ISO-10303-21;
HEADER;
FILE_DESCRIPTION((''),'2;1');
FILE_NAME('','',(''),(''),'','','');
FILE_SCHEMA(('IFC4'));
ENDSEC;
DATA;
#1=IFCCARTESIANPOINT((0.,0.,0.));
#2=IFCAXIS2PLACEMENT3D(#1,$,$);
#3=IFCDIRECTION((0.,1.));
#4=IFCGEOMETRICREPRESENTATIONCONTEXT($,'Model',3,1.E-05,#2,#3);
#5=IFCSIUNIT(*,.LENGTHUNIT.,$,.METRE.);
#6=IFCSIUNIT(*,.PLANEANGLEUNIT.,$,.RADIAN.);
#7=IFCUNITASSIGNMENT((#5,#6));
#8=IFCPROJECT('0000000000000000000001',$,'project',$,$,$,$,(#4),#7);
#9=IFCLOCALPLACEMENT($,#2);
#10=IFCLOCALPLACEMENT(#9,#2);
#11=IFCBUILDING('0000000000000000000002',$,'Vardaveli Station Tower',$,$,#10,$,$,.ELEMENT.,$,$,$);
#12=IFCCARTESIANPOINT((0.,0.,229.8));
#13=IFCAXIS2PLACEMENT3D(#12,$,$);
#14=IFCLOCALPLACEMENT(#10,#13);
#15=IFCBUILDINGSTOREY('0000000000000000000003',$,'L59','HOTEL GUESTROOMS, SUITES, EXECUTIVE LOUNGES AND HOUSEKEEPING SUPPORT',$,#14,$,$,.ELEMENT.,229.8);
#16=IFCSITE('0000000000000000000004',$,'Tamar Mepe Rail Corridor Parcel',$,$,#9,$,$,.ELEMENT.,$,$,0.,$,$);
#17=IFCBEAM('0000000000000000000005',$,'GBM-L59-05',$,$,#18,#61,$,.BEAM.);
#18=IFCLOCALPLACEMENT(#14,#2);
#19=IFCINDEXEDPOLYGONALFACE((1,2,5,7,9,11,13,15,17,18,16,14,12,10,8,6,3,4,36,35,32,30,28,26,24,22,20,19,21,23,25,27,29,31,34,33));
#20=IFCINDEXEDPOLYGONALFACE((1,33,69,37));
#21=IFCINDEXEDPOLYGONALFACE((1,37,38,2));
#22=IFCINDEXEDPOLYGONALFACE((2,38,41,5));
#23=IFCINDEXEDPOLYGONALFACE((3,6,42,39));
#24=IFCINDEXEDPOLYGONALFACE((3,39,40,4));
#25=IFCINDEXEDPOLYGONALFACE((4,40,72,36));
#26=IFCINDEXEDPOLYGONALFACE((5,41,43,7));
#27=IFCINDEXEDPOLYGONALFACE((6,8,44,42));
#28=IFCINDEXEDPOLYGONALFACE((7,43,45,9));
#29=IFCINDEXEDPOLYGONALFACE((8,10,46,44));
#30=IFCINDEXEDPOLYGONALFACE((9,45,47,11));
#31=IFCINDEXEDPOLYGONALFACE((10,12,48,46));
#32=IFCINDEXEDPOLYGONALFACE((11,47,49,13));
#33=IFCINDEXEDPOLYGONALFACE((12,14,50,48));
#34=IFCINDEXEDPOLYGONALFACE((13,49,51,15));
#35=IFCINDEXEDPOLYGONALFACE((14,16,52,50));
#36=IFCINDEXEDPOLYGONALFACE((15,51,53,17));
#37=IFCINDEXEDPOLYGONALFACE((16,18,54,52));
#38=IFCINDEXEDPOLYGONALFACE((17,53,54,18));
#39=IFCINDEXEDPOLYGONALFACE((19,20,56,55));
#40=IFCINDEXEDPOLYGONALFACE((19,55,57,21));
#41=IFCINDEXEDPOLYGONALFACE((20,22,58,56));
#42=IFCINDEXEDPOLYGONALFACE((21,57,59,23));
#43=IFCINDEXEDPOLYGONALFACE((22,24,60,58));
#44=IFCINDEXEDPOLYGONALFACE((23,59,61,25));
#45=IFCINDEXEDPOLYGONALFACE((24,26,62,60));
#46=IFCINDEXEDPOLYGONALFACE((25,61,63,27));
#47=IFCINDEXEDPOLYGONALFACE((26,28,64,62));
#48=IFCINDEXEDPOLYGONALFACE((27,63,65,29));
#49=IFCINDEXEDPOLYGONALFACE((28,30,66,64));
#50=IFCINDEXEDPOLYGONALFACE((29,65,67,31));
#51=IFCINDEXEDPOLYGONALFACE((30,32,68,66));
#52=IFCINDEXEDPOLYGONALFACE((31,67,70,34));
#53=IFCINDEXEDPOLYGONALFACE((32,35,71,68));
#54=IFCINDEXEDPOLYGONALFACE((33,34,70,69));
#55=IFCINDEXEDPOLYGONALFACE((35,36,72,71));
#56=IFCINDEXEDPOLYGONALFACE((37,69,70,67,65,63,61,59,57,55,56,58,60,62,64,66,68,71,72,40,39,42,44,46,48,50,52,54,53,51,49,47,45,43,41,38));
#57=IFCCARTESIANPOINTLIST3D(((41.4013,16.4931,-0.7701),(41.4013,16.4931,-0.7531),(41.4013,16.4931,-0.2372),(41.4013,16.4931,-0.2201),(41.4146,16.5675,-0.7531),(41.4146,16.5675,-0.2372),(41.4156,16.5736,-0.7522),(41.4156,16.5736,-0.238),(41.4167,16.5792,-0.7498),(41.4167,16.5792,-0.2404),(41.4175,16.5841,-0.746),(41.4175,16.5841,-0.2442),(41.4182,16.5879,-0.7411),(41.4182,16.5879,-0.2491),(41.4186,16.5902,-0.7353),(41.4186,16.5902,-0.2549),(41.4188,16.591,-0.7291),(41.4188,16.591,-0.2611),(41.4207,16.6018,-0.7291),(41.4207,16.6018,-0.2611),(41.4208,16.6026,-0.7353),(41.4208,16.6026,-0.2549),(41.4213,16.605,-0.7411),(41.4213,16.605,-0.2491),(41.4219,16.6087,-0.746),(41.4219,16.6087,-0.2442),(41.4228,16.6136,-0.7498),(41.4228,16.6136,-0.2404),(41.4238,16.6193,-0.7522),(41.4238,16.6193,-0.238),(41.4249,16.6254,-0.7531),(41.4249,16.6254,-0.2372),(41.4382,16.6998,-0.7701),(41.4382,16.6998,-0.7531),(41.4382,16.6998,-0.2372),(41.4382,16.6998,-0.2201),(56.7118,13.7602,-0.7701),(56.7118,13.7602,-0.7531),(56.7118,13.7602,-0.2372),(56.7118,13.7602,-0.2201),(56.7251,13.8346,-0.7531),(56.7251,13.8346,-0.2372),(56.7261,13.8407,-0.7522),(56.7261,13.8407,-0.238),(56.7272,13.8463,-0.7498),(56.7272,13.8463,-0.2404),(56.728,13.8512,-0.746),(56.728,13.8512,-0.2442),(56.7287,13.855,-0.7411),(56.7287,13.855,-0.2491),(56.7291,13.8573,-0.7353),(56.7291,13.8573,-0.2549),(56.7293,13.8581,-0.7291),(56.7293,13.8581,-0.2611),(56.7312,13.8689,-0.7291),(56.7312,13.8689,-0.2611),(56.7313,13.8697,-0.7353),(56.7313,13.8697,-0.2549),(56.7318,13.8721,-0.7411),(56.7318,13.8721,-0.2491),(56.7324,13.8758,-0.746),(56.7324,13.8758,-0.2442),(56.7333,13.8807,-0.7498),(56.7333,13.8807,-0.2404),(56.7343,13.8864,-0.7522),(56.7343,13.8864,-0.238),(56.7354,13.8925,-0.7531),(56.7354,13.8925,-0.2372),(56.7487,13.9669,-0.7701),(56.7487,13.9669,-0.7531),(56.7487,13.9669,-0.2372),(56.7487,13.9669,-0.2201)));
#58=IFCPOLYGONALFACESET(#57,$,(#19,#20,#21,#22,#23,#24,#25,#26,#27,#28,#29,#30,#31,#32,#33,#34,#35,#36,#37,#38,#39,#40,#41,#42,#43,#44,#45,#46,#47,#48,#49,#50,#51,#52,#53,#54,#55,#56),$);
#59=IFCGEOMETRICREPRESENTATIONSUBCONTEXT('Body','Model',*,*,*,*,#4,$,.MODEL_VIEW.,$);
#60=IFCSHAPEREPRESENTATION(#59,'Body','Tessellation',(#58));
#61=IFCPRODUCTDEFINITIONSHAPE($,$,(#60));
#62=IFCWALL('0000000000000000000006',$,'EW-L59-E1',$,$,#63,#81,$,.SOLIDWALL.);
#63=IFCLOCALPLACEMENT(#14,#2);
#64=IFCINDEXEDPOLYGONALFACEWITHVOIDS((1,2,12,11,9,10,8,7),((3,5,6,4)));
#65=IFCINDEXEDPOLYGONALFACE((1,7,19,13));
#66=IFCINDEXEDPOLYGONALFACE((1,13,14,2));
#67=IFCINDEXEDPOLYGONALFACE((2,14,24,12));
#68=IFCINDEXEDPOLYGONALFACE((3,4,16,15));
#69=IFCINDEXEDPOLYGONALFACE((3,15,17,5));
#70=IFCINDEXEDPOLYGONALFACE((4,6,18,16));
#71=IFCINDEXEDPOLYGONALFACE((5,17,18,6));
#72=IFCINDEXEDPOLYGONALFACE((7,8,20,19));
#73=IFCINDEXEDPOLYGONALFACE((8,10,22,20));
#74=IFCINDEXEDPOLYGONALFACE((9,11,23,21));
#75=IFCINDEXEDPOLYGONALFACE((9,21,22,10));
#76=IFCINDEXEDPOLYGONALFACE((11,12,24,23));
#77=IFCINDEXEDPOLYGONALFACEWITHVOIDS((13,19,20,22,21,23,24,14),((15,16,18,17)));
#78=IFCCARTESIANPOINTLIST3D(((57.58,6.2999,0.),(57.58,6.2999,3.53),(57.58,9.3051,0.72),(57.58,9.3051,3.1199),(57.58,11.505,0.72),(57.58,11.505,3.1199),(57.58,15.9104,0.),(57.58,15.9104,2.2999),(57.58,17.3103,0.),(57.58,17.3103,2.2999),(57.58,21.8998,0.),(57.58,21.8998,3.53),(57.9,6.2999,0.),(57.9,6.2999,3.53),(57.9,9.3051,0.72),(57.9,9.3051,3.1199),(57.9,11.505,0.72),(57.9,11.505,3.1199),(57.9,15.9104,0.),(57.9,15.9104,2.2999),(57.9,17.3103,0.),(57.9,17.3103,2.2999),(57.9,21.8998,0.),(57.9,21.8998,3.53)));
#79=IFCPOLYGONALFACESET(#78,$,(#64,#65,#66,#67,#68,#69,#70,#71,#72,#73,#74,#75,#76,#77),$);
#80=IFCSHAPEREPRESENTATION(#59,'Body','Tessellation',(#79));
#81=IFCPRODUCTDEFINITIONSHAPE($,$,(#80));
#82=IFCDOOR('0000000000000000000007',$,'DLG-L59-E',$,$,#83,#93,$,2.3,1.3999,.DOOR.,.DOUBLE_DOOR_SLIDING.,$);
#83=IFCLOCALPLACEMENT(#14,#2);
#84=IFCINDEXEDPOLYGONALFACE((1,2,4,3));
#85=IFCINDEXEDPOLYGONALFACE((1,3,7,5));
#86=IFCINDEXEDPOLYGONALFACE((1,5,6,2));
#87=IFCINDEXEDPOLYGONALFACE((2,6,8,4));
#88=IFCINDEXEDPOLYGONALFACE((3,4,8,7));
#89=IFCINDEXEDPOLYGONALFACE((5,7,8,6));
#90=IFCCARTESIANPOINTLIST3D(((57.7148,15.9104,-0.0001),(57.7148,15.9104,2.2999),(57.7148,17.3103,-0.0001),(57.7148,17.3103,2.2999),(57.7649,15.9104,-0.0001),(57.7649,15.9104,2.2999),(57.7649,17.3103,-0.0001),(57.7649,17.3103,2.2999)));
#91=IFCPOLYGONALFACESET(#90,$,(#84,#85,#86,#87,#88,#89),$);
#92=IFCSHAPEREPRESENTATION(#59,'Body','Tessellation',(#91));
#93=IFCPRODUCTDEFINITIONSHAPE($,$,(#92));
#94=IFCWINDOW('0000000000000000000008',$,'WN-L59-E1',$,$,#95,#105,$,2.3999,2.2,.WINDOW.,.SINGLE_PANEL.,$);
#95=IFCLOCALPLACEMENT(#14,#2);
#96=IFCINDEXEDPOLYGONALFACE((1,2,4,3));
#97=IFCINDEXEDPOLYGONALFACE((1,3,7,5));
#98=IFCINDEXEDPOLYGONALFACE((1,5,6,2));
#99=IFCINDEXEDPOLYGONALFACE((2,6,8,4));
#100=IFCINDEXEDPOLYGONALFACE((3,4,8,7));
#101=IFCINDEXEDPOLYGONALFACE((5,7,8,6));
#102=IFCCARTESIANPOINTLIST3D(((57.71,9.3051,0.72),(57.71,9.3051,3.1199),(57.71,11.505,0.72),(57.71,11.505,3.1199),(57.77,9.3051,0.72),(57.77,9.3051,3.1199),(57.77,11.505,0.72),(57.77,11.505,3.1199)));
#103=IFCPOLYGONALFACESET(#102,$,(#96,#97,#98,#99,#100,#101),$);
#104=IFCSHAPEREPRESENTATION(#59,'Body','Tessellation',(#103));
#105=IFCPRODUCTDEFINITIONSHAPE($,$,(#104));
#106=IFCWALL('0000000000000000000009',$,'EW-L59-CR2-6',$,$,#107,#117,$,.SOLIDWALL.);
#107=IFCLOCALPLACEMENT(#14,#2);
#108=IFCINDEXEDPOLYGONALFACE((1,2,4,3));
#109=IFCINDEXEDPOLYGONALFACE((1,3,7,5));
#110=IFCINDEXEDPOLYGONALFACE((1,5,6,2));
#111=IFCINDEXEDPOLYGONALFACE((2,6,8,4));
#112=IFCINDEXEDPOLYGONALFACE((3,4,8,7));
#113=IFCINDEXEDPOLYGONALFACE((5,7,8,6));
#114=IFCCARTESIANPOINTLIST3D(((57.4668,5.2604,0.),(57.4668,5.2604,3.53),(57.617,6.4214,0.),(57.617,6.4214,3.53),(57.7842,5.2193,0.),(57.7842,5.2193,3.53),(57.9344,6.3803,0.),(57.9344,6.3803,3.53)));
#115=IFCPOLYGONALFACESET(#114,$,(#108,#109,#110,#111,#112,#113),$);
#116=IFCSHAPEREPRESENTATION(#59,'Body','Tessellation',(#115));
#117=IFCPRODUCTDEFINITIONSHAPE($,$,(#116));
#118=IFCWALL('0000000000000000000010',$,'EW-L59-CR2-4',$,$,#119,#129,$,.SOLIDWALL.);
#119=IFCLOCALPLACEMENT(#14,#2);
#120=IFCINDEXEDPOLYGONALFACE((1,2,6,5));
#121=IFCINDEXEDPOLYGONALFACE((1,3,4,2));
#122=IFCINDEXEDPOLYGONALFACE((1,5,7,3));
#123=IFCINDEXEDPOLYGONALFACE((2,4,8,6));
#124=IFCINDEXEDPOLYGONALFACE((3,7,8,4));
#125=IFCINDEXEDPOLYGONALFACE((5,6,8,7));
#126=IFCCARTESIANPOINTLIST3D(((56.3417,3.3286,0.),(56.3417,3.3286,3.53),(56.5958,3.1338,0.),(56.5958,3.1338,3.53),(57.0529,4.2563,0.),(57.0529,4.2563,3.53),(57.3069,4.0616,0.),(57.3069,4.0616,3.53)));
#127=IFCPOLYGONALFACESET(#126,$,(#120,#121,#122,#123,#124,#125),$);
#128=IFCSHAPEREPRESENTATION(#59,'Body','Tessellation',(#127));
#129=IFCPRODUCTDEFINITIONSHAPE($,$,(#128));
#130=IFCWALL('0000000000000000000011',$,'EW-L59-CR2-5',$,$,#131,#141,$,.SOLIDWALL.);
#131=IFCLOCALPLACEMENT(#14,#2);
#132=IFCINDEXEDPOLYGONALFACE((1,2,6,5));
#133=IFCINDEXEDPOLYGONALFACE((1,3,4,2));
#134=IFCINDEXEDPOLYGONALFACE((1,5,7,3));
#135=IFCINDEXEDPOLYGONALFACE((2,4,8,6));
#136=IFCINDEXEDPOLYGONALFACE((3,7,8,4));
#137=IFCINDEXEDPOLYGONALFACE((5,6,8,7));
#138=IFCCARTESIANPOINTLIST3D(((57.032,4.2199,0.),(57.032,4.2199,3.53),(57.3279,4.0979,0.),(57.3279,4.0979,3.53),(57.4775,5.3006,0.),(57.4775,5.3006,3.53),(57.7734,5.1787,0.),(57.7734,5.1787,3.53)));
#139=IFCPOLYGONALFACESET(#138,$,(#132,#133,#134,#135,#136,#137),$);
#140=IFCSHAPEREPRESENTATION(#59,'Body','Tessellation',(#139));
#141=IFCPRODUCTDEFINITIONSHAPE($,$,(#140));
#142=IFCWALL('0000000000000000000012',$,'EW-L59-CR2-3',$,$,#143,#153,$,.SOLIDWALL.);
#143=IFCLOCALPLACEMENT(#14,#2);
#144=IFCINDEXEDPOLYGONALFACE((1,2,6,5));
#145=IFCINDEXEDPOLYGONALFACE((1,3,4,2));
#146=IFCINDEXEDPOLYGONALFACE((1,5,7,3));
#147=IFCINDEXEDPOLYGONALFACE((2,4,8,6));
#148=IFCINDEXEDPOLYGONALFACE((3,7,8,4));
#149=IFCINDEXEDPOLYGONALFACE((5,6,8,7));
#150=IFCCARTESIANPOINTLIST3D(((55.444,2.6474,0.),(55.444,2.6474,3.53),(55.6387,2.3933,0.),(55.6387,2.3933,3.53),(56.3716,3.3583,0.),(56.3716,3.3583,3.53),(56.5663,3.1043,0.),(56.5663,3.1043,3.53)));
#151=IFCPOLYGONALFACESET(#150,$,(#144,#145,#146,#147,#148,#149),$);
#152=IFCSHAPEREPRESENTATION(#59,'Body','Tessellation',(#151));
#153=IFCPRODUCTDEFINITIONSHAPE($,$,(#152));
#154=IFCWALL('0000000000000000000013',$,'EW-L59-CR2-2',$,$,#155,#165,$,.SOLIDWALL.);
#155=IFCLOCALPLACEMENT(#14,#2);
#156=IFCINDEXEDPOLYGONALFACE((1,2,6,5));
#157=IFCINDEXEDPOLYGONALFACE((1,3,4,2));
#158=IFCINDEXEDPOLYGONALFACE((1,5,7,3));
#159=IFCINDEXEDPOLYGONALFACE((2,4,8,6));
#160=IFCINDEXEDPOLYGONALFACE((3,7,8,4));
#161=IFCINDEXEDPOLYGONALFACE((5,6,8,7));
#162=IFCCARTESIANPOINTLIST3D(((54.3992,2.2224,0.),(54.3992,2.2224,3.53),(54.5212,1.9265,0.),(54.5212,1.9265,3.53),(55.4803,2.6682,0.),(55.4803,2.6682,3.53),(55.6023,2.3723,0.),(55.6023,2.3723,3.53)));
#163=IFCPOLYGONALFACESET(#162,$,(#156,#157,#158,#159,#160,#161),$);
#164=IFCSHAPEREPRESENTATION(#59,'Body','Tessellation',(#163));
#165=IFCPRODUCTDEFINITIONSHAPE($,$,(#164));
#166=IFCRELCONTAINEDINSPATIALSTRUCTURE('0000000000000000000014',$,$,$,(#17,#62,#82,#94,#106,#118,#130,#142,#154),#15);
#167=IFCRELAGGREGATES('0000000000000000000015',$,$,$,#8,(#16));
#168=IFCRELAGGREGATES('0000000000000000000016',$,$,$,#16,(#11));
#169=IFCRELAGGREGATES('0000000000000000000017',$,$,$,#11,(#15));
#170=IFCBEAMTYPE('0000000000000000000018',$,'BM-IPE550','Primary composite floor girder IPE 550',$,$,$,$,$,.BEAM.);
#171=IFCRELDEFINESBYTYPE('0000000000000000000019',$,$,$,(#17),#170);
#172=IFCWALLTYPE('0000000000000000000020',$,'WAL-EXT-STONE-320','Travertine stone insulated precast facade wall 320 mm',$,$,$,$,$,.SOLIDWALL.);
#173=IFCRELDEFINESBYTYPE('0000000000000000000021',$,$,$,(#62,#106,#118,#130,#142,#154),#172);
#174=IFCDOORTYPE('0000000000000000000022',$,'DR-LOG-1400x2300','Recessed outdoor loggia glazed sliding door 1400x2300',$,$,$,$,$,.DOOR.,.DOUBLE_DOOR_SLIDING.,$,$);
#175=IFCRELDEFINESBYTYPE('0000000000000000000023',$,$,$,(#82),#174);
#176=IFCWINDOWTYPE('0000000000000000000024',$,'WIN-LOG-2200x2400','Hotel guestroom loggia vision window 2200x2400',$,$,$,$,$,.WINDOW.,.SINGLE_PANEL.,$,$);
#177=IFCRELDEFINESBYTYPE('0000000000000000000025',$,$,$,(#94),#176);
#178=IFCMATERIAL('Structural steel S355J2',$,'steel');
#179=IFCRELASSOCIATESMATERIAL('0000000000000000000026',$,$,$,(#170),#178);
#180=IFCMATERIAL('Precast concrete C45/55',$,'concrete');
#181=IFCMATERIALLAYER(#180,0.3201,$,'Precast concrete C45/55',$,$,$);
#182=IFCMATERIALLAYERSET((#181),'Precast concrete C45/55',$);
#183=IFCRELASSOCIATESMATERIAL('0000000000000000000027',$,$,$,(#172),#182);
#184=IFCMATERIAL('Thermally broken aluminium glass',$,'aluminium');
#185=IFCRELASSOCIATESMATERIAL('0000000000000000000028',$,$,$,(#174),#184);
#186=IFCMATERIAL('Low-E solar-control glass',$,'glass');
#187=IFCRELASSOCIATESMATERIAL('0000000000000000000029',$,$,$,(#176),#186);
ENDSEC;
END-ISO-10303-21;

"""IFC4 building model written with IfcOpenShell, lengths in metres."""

from ifc_helpers import new_model, si_unit, direction, frame, frame_2d, origin, origin_2d, place, context, subcontext, project, spatial, rectangle, i_section, extrude, source, transform, mapped, material, layer, layer_set, material_profile, profile_set, type_object, element, fill, save


model = new_model("IFC4")

# Units and contexts
model_context = context("Model", 3, precision=1e-05, world=origin(), true_north=direction((0.0, 1.0)))
body_context = subcontext(model_context, "Body", "Model", "MODEL_VIEW")
ifc_project = project(units=[si_unit("LENGTHUNIT", "METRE"), si_unit("PLANEANGLEUNIT", "RADIAN")], contexts=[model_context])

# Site, building, storey
site_placement = place(None, origin())
site = spatial("IfcSite", under=ifc_project, at=site_placement, Name="Tamar Mepe Rail Corridor Parcel", CompositionType="ELEMENT", RefElevation=0.0)
building_placement = place(site_placement, origin())
building = spatial("IfcBuilding", under=site, at=building_placement, Name="Vardaveli Station Tower", CompositionType="ELEMENT")
storey_placement = place(building_placement, frame((0.0, 0.0, 229.8)))
storey = spatial("IfcBuildingStorey", under=building, at=storey_placement, Name="L59", Description="HOTEL GUESTROOMS, SUITES, EXECUTIVE LOUNGES AND HOUSEKEEPING SUPPORT", CompositionType="ELEMENT", Elevation=229.8)

# Beam
ifc_material_1 = material(Name="Precast concrete C45/55", Category="concrete")
ifc_material_2 = material(Name="Structural steel S355J2", Category="steel")
ifc_material_profile_1 = material_profile(ifc_material_2, i_section(OverallWidth=0.21, OverallDepth=0.55, WebThickness=0.011, FlangeThickness=0.0171, FilletRadius=0.0239, at=origin_2d()), Name="IPE 550")
ifc_profile_set_1 = profile_set([ifc_material_profile_1], Name="Structural steel S355J2")
beam_type_1 = type_object("IfcBeamType", Name="BM-IPE550", Description="Primary composite floor girder IPE 550", PredefinedType="BEAM", material=ifc_profile_set_1)
shared_shape_1 = source(origin(), body_context, "Body", "SweptSolid", [
    extrude(i_section(OverallWidth=0.21, OverallDepth=0.55, WebThickness=0.011, FlangeThickness=0.0171, FilletRadius=0.0239, at=origin_2d()), origin(), (0.0, 0.0, 1.0), 15.5525),
])
beam_1_placement = place(storey_placement, frame((56.7302, 13.8635, -0.4951), z_axis=(-0.98444, 0.175721, 0.0), x_axis=(-0.175721, -0.98444, 0.0)))
element("IfcBeam", 1, at=beam_1_placement, inside=storey, type_object=beam_type_1, Name="GBM-L59-05", PredefinedType="BEAM", context=body_context, shape_type="MappedRepresentation", body=[
    mapped(shared_shape_1, transform((0.0, 0.0, 0.0), scale=1.0)),
])

# Wall, openings, door, window
ifc_layer_1 = layer(ifc_material_1, 0.3201, Name="Precast concrete C45/55")
ifc_layer_set_1 = layer_set([ifc_layer_1], Name="Precast concrete C45/55")
wall_type_1 = type_object("IfcWallType", Name="WAL-EXT-STONE-320", Description="Travertine stone insulated precast facade wall 320 mm", PredefinedType="SOLIDWALL", material=ifc_layer_set_1)
shared_shape_2 = source(origin(), body_context, "Body", "SweptSolid", [
    extrude(rectangle(XDim=15.5999, YDim=0.3201, at=frame_2d((7.7998, 0.0))), origin(), (0.0, 0.0, 1.0), 3.53),
])
wall_1_placement = place(storey_placement, frame((57.74, 6.3, 0.0), z_axis=(0.0, 0.0, 1.0), x_axis=(0.0, 1.0, 0.0)))
wall_1 = element("IfcWall", 2, at=wall_1_placement, inside=storey, type_object=wall_type_1, Name="EW-L59-E1", PredefinedType="SOLIDWALL", context=body_context, shape_type="MappedRepresentation", body=[
    mapped(shared_shape_2, transform((0.0, 0.0, 0.0), scale=1.0)),
])
shared_shape_3 = source(origin(), body_context, "Body", "SweptSolid", [
    extrude(rectangle(XDim=1.3999, YDim=2.3, at=frame_2d((0.7, 1.1499))), frame((0.0, 0.1699, 0.0), z_axis=(0.0, -1.0, 0.0), x_axis=(1.0, 0.0, 0.0)), (0.0, 0.0, 1.0), 0.3401),
])
opening_1_placement = place(wall_1_placement, frame((9.6104, 0.0, 0.0)))
opening_1 = element("IfcOpeningElement", 3, at=opening_1_placement, cuts=wall_1, PredefinedType="OPENING", context=body_context, shape_type="MappedRepresentation", body=[
    mapped(shared_shape_3, transform((0.0, 0.0, 0.0), scale=1.0)),
])
shared_shape_4 = source(origin(), body_context, "Body", "SweptSolid", [
    extrude(rectangle(XDim=2.2, YDim=2.3999, at=frame_2d((1.1001, 1.2))), frame((0.0, 0.1699, 0.0), z_axis=(0.0, -1.0, 0.0), x_axis=(1.0, 0.0, 0.0)), (0.0, 0.0, 1.0), 0.3401),
])
opening_2_placement = place(wall_1_placement, frame((3.0049, 0.0, 0.72)))
opening_2 = element("IfcOpeningElement", 4, at=opening_2_placement, cuts=wall_1, PredefinedType="OPENING", context=body_context, shape_type="MappedRepresentation", body=[
    mapped(shared_shape_4, transform((0.0, 0.0, 0.0), scale=1.0)),
])
ifc_material_3 = material(Name="Thermally broken aluminium glass", Category="aluminium")
door_type_1 = type_object("IfcDoorType", Name="DR-LOG-1400x2300", Description="Recessed outdoor loggia glazed sliding door 1400x2300", OperationType="DOUBLE_DOOR_SLIDING", PredefinedType="DOOR", material=ifc_material_3)
shared_shape_5 = source(origin(), body_context, "Body", "SweptSolid", [
    extrude(rectangle(XDim=1.3999, YDim=2.3, at=frame_2d((0.7, 1.1499))), frame((0.0, 0.0249, 0.0), z_axis=(0.0, -1.0, 0.0), x_axis=(1.0, 0.0, 0.0)), (0.0, 0.0, 1.0), 0.05),
])
door_1_placement = place(opening_1_placement, frame((1.3999, 0.0, 0.0), z_axis=(0.0, 0.0, 1.0), x_axis=(-1.0, 0.0, 0.0)))
door_1 = element("IfcDoor", 5, at=door_1_placement, inside=storey, type_object=door_type_1, Name="DLG-L59-E", OperationType="DOUBLE_DOOR_SLIDING", OverallHeight=2.3, OverallWidth=1.3999, PredefinedType="DOOR", context=body_context, shape_type="MappedRepresentation", body=[
    mapped(shared_shape_5, transform((0.0, 0.0, 0.0), scale=1.0)),
])
fill(opening_1, door_1)
ifc_material_4 = material(Name="Low-E solar-control glass", Category="glass")
window_type = type_object("IfcWindowType", Name="WIN-LOG-2200x2400", Description="Hotel guestroom loggia vision window 2200x2400", PartitioningType="SINGLE_PANEL", PredefinedType="WINDOW", material=ifc_material_4)
shared_shape_6 = source(origin(), body_context, "Body", "SweptSolid", [
    extrude(rectangle(XDim=2.2, YDim=2.3999, at=frame_2d((1.1001, 1.2))), frame((0.0, 0.03, 0.0), z_axis=(0.0, -1.0, 0.0), x_axis=(1.0, 0.0, 0.0)), (0.0, 0.0, 1.0), 0.0601),
])
window_placement = place(opening_2_placement, origin())
window = element("IfcWindow", 6, at=window_placement, inside=storey, type_object=window_type, Name="WN-L59-E1", OverallHeight=2.3999, OverallWidth=2.2, PartitioningType="SINGLE_PANEL", PredefinedType="WINDOW", context=body_context, shape_type="MappedRepresentation", body=[
    mapped(shared_shape_6, transform((0.0, 0.0, 0.0), scale=1.0)),
])
fill(opening_2, window)

# Walls
shared_shape_7 = source(origin(), body_context, "Body", "SweptSolid", [
    extrude(rectangle(XDim=1.1707, YDim=0.3201, at=frame_2d((0.5854, 0.0))), origin(), (0.0, 0.0, 1.0), 3.53),
])
wall_2_placement = place(storey_placement, frame((57.6255, 5.2397, 0.0), z_axis=(0.0, 0.0, 1.0), x_axis=(0.128269, 0.991739, 0.0)))
element("IfcWall", 7, at=wall_2_placement, inside=storey, type_object=wall_type_1, Name="EW-L59-CR2-6", PredefinedType="SOLIDWALL", context=body_context, shape_type="MappedRepresentation", body=[
    mapped(shared_shape_7, transform((0.0, 0.0, 0.0), scale=1.0)),
])
shared_shape_8 = source(origin(), body_context, "Body", "SweptSolid", [
    extrude(rectangle(XDim=1.1689, YDim=0.3201, at=frame_2d((0.5845, 0.0))), origin(), (0.0, 0.0, 1.0), 3.53),
])
for number, where, z_axis, x_axis, name in (
    (8, (56.4688, 3.2312, 0.0), (0.0, 0.0, 1.0), (0.608388, 0.79364, 0.0), "EW-L59-CR2-4"),
    (9, (57.1799, 4.1589, 0.0), (0.0, 0.0, 1.0), (0.381128, 0.924522, 0.0), "EW-L59-CR2-5"),
):
    element("IfcWall", number, at=place(storey_placement, frame(where, z_axis=z_axis, x_axis=x_axis)), inside=storey, type_object=wall_type_1, Name=name, PredefinedType="SOLIDWALL", context=body_context, shape_type="MappedRepresentation", body=[
        mapped(shared_shape_8, transform((0.0, 0.0, 0.0), scale=1.0)),
    ])
shared_shape_9 = source(origin(), body_context, "Body", "SweptSolid", [
    extrude(rectangle(XDim=1.1687, YDim=0.3201, at=frame_2d((0.5845, 0.0))), origin(), (0.0, 0.0, 1.0), 3.53),
])
wall_3_placement = place(storey_placement, frame((55.5413, 2.5203, 0.0), z_axis=(0.0, 0.0, 1.0), x_axis=(0.793664, 0.608357, 0.0)))
element("IfcWall", 10, at=wall_3_placement, inside=storey, type_object=wall_type_1, Name="EW-L59-CR2-3", PredefinedType="SOLIDWALL", context=body_context, shape_type="MappedRepresentation", body=[
    mapped(shared_shape_9, transform((0.0, 0.0, 0.0), scale=1.0)),
])
shared_shape_10 = source(origin(), body_context, "Body", "SweptSolid", [
    extrude(rectangle(XDim=1.1694, YDim=0.3201, at=frame_2d((0.5847, 0.0))), origin(), (0.0, 0.0, 1.0), 3.53),
])
wall_4_placement = place(storey_placement, frame((54.4602, 2.0745, 0.0), z_axis=(0.0, 0.0, 1.0), x_axis=(0.924479, 0.381233, 0.0)))
element("IfcWall", 11, at=wall_4_placement, inside=storey, type_object=wall_type_1, Name="EW-L59-CR2-2", PredefinedType="SOLIDWALL", context=body_context, shape_type="MappedRepresentation", body=[
    mapped(shared_shape_10, transform((0.0, 0.0, 0.0), scale=1.0)),
])

save(model, "model.ifc")
